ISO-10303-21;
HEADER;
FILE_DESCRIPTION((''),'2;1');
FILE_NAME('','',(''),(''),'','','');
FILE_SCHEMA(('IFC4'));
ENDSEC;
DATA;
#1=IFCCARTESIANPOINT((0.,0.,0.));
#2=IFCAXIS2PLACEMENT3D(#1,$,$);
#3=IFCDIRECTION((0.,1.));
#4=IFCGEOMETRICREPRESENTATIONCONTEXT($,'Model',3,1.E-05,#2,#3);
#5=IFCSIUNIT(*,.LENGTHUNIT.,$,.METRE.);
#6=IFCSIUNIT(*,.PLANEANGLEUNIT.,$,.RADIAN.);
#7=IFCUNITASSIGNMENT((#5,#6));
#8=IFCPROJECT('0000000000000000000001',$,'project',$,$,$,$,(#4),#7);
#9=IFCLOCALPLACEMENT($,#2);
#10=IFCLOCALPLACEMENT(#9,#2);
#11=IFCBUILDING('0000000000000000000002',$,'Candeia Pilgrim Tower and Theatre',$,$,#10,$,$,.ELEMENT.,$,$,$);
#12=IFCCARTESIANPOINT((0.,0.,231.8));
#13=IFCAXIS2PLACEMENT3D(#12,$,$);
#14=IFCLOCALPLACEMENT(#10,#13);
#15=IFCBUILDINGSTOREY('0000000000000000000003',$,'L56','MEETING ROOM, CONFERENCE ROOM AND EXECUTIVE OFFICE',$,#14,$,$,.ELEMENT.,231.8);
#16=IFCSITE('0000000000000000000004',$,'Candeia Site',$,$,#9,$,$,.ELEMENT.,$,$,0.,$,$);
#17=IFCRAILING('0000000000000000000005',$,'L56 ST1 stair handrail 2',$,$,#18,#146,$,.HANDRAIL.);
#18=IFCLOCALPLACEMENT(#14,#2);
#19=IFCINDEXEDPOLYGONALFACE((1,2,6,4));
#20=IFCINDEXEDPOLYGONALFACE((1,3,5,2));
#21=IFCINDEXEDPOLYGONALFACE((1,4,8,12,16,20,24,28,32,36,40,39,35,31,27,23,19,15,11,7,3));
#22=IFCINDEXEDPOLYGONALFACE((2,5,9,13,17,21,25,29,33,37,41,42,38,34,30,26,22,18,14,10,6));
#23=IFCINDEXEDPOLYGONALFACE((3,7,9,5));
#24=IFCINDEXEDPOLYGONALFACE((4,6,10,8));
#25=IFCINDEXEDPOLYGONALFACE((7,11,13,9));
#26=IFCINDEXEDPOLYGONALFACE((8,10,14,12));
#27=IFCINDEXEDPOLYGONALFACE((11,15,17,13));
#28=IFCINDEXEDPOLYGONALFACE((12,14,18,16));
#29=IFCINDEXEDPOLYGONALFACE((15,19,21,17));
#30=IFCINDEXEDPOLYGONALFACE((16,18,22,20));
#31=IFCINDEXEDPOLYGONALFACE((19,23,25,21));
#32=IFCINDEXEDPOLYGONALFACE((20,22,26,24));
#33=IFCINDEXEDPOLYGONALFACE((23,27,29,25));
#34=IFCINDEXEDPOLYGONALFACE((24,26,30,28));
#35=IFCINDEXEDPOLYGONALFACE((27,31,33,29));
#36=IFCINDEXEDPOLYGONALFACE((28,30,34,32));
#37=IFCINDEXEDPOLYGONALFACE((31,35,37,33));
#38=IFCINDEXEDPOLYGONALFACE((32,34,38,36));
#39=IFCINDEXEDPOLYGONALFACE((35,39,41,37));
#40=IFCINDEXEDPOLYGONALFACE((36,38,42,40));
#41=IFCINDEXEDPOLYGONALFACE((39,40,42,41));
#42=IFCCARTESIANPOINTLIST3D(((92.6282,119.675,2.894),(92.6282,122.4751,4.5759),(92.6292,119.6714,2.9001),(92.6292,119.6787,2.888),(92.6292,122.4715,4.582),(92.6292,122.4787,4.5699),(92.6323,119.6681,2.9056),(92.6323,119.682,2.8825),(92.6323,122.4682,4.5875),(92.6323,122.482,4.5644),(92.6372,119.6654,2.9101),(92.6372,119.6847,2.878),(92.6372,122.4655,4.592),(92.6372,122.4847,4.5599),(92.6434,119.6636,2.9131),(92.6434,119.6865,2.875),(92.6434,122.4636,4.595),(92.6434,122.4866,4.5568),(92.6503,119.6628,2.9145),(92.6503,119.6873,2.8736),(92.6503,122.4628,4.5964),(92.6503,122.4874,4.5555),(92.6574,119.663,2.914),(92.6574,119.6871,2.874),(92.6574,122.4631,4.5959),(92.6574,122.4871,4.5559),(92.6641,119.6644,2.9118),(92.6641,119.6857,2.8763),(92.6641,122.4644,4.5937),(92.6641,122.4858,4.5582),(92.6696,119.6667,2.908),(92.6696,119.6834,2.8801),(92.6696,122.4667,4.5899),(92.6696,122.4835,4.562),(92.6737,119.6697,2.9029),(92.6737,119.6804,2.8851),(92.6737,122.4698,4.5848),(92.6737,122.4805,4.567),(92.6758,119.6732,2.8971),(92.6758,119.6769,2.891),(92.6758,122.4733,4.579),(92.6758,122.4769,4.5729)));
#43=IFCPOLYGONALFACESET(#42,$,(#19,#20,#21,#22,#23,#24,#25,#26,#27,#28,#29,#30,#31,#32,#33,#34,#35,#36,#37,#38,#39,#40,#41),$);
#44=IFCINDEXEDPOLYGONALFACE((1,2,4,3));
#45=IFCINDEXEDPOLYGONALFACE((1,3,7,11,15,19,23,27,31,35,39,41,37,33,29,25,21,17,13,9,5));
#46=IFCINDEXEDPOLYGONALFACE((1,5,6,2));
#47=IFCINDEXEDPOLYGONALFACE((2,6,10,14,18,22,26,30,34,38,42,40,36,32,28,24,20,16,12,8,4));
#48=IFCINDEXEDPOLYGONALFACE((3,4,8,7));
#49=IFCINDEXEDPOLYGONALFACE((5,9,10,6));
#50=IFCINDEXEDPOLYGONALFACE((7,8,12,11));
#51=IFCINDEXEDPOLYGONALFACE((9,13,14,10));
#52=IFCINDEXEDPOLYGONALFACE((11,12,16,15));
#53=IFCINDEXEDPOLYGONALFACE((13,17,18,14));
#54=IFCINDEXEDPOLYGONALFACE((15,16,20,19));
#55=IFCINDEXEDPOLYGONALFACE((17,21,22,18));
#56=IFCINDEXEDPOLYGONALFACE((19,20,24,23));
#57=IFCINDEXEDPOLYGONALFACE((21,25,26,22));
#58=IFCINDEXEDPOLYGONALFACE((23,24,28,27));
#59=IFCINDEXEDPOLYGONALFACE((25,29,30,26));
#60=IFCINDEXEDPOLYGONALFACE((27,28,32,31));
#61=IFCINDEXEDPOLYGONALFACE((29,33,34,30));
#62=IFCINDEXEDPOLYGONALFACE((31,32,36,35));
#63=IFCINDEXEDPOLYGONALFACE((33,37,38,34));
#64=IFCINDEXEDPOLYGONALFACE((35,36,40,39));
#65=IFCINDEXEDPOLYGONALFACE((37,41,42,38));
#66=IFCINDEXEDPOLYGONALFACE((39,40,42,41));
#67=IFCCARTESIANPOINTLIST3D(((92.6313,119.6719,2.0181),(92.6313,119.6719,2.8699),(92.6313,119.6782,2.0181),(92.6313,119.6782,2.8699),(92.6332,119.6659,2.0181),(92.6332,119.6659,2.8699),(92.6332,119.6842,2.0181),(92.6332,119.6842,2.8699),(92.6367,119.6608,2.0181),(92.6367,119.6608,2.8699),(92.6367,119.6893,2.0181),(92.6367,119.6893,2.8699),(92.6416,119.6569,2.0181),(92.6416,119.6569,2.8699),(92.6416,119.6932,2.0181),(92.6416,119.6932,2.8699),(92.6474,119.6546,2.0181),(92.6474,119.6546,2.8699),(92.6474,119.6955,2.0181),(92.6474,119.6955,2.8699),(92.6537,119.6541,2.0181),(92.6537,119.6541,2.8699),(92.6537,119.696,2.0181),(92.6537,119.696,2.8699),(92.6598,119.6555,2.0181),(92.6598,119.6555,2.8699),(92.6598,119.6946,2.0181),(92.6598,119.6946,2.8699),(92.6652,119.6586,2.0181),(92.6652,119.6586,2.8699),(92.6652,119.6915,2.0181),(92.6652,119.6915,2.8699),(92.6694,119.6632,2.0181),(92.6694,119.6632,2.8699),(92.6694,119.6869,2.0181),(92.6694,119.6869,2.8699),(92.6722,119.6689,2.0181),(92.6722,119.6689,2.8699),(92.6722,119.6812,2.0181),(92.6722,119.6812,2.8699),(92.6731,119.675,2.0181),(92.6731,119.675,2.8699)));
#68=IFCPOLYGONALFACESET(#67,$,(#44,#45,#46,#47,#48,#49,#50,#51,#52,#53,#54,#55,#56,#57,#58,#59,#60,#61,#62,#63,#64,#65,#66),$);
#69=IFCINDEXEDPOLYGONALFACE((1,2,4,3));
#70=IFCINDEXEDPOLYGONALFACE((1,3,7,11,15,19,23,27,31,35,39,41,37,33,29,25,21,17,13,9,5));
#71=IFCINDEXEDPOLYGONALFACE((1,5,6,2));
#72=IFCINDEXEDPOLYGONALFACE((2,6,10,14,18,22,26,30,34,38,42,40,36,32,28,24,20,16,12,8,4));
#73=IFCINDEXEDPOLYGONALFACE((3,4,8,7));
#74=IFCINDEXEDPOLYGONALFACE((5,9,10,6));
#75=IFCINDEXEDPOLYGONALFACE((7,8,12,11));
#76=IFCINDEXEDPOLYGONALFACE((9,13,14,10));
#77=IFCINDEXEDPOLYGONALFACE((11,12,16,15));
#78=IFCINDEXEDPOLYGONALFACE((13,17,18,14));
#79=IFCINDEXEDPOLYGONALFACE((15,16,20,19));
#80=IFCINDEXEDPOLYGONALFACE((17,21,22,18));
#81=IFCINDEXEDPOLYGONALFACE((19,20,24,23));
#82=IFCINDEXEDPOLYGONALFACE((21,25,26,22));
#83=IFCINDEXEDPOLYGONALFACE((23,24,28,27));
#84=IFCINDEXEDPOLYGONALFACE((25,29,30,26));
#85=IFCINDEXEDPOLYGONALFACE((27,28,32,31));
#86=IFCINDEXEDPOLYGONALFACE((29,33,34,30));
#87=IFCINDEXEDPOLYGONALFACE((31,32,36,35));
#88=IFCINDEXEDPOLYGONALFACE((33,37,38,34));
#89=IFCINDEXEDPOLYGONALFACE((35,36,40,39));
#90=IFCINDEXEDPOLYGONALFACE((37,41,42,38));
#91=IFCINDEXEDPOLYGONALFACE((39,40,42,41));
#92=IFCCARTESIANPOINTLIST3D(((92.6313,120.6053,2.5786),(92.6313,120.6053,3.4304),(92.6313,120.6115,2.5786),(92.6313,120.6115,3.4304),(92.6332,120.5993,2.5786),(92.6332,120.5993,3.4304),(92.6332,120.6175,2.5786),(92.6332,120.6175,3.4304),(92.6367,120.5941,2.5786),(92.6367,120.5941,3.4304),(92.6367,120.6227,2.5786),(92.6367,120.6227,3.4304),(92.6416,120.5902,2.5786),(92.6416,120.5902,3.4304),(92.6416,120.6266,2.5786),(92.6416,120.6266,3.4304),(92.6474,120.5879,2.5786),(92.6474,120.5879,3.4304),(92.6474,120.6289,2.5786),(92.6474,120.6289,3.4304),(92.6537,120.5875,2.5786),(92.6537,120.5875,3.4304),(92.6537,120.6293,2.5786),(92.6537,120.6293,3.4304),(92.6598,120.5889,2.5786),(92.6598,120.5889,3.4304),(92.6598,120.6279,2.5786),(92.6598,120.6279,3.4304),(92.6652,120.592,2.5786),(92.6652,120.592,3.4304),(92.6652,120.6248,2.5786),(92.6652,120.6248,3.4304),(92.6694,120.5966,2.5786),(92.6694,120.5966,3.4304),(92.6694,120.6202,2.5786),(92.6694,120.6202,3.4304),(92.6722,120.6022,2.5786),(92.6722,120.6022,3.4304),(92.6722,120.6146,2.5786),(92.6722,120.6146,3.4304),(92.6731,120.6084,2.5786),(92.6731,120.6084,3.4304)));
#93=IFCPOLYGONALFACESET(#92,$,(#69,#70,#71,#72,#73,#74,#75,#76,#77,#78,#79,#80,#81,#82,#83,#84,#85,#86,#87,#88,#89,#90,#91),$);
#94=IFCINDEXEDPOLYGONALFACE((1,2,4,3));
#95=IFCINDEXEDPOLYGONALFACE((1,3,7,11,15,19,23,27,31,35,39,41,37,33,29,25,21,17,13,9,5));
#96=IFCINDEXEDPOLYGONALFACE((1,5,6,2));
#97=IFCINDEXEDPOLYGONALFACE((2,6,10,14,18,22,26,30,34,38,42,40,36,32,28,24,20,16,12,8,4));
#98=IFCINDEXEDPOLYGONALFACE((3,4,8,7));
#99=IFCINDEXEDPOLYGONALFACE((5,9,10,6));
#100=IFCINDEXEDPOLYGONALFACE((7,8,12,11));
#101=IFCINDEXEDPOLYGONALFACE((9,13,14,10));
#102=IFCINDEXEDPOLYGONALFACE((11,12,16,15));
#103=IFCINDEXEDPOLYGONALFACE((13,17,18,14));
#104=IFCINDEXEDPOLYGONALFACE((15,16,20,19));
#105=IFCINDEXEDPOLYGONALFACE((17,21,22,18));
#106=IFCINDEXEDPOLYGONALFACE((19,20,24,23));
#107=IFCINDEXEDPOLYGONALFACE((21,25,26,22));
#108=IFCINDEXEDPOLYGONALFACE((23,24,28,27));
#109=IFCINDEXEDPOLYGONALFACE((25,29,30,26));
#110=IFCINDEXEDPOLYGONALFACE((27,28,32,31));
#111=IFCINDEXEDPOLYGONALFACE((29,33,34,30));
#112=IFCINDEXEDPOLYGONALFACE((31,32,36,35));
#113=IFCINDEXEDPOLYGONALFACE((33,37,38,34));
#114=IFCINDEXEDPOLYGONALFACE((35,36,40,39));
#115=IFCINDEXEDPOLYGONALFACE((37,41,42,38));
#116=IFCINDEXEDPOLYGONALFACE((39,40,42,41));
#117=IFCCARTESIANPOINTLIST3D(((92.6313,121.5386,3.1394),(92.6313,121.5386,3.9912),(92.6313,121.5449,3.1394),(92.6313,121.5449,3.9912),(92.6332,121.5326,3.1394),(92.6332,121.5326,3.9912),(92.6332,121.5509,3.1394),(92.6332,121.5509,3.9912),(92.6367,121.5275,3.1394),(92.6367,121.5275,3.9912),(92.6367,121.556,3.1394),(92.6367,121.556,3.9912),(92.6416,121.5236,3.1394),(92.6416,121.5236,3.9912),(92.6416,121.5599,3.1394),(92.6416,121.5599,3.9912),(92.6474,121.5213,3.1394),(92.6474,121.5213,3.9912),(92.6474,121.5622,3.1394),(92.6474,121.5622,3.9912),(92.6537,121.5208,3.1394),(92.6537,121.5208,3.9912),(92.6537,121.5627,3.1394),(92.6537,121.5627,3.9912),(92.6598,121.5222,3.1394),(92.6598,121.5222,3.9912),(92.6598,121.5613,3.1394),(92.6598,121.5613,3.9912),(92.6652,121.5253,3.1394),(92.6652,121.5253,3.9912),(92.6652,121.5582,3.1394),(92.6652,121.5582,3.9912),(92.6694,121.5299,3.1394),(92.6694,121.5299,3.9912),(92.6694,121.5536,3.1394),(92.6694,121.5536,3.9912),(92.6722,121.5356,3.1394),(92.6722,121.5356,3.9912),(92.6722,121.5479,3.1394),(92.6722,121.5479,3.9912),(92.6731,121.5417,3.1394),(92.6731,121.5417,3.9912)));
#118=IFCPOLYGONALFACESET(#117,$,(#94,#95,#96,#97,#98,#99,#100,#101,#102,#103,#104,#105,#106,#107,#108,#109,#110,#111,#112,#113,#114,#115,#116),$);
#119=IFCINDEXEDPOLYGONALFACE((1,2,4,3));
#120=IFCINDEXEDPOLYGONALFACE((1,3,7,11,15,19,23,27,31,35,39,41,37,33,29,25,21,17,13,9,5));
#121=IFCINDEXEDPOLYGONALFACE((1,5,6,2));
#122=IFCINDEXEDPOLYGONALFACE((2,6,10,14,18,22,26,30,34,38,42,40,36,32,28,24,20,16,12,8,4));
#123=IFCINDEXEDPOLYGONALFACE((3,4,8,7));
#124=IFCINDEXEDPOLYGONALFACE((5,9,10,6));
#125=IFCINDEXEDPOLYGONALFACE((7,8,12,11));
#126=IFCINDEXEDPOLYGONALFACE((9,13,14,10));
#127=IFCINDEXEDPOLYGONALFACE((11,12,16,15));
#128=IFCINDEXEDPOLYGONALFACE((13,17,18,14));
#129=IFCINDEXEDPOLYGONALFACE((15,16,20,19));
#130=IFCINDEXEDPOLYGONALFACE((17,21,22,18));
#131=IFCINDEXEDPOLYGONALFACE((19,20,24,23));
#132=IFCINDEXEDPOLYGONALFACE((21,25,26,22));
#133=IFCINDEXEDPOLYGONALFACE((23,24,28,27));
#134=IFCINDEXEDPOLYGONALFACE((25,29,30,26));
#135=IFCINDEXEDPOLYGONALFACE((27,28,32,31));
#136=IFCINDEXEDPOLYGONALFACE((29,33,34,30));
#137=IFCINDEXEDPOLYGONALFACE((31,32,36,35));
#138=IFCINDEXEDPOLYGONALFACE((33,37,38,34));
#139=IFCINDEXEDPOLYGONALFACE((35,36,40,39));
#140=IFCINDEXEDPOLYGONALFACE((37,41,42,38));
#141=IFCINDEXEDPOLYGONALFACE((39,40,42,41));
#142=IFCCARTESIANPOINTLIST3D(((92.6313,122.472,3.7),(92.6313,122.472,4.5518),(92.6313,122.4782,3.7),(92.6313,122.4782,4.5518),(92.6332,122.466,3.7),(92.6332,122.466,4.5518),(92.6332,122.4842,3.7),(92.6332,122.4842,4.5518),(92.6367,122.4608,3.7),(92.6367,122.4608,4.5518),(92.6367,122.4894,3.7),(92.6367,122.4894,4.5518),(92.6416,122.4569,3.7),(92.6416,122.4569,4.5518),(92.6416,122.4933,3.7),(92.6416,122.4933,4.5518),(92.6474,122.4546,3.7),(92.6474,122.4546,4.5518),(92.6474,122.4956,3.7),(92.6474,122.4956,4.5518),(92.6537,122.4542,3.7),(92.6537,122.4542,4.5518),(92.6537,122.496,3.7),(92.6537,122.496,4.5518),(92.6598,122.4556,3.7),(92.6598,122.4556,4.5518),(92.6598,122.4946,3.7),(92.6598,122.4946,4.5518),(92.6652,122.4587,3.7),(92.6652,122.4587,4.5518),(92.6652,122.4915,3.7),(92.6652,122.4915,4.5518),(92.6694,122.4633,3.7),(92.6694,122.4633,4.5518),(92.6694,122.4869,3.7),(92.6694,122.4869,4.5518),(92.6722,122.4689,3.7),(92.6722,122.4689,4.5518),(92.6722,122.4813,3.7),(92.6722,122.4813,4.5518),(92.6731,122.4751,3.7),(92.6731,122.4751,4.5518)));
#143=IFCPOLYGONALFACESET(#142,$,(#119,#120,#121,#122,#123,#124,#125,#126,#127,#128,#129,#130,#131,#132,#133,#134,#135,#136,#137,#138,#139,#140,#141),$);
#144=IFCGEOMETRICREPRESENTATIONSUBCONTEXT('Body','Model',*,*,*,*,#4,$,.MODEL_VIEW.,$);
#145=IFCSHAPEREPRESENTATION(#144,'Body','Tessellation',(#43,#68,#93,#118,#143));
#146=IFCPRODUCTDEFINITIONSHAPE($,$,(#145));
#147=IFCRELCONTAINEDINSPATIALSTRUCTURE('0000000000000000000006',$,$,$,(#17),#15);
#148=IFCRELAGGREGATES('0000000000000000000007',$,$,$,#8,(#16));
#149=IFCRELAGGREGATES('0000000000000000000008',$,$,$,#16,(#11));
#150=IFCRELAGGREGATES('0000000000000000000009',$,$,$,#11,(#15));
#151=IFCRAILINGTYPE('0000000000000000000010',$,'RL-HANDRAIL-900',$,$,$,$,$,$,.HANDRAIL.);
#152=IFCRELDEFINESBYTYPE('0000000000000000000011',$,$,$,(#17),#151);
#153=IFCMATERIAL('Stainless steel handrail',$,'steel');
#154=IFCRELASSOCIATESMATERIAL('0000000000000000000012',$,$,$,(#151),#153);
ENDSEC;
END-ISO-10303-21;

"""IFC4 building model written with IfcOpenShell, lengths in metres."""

from ifc_helpers import new_model, si_unit, direction, frame, origin, origin_2d, place, context, subcontext, project, spatial, circle, extrude, material, type_object, element, save


model = new_model("IFC4")

# Units and contexts
model_context = context("Model", 3, precision=1e-05, world=origin(), true_north=direction((0.0, 1.0)))
body_context = subcontext(model_context, "Body", "Model", "MODEL_VIEW")
ifc_project = project(units=[si_unit("LENGTHUNIT", "METRE"), si_unit("PLANEANGLEUNIT", "RADIAN")], contexts=[model_context])

# Site, building, storey
site_placement = place(None, origin())
site = spatial("IfcSite", under=ifc_project, at=site_placement, Name="Candeia Site", CompositionType="ELEMENT", RefElevation=0.0)
building_placement = place(site_placement, origin())
building = spatial("IfcBuilding", under=site, at=building_placement, Name="Candeia Pilgrim Tower and Theatre", CompositionType="ELEMENT")
storey_placement = place(building_placement, frame((0.0, 0.0, 231.8)))
storey = spatial("IfcBuildingStorey", under=building, at=storey_placement, Name="L56", Description="MEETING ROOM, CONFERENCE ROOM AND EXECUTIVE OFFICE", CompositionType="ELEMENT", Elevation=231.8)

# Railing
ifc_material_1 = material(Name="Stainless steel handrail", Category="steel")
railing_type = type_object("IfcRailingType", Name="RL-HANDRAIL-900", PredefinedType="HANDRAIL", material=ifc_material_1)
for number, where, name in (
    (1, (92.6521, 119.675, 2.0181), "L56 ST1 stair handrail 2"),
):
    element("IfcRailing", number, at=place(storey_placement, frame(where)), inside=storey, type_object=railing_type, Name=name, PredefinedType="HANDRAIL", context=body_context, shape_type="SweptSolid", body=[
        extrude(circle(Radius=0.0239, at=origin_2d()), frame((0.0, 0.0, 0.876), z_axis=(0.0, 0.857242, 0.514913), x_axis=(-1.0, 0.0, 0.0)), (0.0, 0.0, 1.0), 3.2664),
        extrude(circle(Radius=0.021, at=origin_2d()), origin(), (0.0, 0.0, 1.0), 0.8518),
        extrude(circle(Radius=0.021, at=origin_2d()), frame((0.0, 0.9333, 0.5605)), (0.0, 0.0, 1.0), 0.8518),
        extrude(circle(Radius=0.021, at=origin_2d()), frame((0.0, 1.8667, 1.1213)), (0.0, 0.0, 1.0), 0.8518),
        extrude(circle(Radius=0.021, at=origin_2d()), frame((0.0, 2.8, 1.6819)), (0.0, 0.0, 1.0), 0.8518),
    ])

save(model, "model.ifc")
